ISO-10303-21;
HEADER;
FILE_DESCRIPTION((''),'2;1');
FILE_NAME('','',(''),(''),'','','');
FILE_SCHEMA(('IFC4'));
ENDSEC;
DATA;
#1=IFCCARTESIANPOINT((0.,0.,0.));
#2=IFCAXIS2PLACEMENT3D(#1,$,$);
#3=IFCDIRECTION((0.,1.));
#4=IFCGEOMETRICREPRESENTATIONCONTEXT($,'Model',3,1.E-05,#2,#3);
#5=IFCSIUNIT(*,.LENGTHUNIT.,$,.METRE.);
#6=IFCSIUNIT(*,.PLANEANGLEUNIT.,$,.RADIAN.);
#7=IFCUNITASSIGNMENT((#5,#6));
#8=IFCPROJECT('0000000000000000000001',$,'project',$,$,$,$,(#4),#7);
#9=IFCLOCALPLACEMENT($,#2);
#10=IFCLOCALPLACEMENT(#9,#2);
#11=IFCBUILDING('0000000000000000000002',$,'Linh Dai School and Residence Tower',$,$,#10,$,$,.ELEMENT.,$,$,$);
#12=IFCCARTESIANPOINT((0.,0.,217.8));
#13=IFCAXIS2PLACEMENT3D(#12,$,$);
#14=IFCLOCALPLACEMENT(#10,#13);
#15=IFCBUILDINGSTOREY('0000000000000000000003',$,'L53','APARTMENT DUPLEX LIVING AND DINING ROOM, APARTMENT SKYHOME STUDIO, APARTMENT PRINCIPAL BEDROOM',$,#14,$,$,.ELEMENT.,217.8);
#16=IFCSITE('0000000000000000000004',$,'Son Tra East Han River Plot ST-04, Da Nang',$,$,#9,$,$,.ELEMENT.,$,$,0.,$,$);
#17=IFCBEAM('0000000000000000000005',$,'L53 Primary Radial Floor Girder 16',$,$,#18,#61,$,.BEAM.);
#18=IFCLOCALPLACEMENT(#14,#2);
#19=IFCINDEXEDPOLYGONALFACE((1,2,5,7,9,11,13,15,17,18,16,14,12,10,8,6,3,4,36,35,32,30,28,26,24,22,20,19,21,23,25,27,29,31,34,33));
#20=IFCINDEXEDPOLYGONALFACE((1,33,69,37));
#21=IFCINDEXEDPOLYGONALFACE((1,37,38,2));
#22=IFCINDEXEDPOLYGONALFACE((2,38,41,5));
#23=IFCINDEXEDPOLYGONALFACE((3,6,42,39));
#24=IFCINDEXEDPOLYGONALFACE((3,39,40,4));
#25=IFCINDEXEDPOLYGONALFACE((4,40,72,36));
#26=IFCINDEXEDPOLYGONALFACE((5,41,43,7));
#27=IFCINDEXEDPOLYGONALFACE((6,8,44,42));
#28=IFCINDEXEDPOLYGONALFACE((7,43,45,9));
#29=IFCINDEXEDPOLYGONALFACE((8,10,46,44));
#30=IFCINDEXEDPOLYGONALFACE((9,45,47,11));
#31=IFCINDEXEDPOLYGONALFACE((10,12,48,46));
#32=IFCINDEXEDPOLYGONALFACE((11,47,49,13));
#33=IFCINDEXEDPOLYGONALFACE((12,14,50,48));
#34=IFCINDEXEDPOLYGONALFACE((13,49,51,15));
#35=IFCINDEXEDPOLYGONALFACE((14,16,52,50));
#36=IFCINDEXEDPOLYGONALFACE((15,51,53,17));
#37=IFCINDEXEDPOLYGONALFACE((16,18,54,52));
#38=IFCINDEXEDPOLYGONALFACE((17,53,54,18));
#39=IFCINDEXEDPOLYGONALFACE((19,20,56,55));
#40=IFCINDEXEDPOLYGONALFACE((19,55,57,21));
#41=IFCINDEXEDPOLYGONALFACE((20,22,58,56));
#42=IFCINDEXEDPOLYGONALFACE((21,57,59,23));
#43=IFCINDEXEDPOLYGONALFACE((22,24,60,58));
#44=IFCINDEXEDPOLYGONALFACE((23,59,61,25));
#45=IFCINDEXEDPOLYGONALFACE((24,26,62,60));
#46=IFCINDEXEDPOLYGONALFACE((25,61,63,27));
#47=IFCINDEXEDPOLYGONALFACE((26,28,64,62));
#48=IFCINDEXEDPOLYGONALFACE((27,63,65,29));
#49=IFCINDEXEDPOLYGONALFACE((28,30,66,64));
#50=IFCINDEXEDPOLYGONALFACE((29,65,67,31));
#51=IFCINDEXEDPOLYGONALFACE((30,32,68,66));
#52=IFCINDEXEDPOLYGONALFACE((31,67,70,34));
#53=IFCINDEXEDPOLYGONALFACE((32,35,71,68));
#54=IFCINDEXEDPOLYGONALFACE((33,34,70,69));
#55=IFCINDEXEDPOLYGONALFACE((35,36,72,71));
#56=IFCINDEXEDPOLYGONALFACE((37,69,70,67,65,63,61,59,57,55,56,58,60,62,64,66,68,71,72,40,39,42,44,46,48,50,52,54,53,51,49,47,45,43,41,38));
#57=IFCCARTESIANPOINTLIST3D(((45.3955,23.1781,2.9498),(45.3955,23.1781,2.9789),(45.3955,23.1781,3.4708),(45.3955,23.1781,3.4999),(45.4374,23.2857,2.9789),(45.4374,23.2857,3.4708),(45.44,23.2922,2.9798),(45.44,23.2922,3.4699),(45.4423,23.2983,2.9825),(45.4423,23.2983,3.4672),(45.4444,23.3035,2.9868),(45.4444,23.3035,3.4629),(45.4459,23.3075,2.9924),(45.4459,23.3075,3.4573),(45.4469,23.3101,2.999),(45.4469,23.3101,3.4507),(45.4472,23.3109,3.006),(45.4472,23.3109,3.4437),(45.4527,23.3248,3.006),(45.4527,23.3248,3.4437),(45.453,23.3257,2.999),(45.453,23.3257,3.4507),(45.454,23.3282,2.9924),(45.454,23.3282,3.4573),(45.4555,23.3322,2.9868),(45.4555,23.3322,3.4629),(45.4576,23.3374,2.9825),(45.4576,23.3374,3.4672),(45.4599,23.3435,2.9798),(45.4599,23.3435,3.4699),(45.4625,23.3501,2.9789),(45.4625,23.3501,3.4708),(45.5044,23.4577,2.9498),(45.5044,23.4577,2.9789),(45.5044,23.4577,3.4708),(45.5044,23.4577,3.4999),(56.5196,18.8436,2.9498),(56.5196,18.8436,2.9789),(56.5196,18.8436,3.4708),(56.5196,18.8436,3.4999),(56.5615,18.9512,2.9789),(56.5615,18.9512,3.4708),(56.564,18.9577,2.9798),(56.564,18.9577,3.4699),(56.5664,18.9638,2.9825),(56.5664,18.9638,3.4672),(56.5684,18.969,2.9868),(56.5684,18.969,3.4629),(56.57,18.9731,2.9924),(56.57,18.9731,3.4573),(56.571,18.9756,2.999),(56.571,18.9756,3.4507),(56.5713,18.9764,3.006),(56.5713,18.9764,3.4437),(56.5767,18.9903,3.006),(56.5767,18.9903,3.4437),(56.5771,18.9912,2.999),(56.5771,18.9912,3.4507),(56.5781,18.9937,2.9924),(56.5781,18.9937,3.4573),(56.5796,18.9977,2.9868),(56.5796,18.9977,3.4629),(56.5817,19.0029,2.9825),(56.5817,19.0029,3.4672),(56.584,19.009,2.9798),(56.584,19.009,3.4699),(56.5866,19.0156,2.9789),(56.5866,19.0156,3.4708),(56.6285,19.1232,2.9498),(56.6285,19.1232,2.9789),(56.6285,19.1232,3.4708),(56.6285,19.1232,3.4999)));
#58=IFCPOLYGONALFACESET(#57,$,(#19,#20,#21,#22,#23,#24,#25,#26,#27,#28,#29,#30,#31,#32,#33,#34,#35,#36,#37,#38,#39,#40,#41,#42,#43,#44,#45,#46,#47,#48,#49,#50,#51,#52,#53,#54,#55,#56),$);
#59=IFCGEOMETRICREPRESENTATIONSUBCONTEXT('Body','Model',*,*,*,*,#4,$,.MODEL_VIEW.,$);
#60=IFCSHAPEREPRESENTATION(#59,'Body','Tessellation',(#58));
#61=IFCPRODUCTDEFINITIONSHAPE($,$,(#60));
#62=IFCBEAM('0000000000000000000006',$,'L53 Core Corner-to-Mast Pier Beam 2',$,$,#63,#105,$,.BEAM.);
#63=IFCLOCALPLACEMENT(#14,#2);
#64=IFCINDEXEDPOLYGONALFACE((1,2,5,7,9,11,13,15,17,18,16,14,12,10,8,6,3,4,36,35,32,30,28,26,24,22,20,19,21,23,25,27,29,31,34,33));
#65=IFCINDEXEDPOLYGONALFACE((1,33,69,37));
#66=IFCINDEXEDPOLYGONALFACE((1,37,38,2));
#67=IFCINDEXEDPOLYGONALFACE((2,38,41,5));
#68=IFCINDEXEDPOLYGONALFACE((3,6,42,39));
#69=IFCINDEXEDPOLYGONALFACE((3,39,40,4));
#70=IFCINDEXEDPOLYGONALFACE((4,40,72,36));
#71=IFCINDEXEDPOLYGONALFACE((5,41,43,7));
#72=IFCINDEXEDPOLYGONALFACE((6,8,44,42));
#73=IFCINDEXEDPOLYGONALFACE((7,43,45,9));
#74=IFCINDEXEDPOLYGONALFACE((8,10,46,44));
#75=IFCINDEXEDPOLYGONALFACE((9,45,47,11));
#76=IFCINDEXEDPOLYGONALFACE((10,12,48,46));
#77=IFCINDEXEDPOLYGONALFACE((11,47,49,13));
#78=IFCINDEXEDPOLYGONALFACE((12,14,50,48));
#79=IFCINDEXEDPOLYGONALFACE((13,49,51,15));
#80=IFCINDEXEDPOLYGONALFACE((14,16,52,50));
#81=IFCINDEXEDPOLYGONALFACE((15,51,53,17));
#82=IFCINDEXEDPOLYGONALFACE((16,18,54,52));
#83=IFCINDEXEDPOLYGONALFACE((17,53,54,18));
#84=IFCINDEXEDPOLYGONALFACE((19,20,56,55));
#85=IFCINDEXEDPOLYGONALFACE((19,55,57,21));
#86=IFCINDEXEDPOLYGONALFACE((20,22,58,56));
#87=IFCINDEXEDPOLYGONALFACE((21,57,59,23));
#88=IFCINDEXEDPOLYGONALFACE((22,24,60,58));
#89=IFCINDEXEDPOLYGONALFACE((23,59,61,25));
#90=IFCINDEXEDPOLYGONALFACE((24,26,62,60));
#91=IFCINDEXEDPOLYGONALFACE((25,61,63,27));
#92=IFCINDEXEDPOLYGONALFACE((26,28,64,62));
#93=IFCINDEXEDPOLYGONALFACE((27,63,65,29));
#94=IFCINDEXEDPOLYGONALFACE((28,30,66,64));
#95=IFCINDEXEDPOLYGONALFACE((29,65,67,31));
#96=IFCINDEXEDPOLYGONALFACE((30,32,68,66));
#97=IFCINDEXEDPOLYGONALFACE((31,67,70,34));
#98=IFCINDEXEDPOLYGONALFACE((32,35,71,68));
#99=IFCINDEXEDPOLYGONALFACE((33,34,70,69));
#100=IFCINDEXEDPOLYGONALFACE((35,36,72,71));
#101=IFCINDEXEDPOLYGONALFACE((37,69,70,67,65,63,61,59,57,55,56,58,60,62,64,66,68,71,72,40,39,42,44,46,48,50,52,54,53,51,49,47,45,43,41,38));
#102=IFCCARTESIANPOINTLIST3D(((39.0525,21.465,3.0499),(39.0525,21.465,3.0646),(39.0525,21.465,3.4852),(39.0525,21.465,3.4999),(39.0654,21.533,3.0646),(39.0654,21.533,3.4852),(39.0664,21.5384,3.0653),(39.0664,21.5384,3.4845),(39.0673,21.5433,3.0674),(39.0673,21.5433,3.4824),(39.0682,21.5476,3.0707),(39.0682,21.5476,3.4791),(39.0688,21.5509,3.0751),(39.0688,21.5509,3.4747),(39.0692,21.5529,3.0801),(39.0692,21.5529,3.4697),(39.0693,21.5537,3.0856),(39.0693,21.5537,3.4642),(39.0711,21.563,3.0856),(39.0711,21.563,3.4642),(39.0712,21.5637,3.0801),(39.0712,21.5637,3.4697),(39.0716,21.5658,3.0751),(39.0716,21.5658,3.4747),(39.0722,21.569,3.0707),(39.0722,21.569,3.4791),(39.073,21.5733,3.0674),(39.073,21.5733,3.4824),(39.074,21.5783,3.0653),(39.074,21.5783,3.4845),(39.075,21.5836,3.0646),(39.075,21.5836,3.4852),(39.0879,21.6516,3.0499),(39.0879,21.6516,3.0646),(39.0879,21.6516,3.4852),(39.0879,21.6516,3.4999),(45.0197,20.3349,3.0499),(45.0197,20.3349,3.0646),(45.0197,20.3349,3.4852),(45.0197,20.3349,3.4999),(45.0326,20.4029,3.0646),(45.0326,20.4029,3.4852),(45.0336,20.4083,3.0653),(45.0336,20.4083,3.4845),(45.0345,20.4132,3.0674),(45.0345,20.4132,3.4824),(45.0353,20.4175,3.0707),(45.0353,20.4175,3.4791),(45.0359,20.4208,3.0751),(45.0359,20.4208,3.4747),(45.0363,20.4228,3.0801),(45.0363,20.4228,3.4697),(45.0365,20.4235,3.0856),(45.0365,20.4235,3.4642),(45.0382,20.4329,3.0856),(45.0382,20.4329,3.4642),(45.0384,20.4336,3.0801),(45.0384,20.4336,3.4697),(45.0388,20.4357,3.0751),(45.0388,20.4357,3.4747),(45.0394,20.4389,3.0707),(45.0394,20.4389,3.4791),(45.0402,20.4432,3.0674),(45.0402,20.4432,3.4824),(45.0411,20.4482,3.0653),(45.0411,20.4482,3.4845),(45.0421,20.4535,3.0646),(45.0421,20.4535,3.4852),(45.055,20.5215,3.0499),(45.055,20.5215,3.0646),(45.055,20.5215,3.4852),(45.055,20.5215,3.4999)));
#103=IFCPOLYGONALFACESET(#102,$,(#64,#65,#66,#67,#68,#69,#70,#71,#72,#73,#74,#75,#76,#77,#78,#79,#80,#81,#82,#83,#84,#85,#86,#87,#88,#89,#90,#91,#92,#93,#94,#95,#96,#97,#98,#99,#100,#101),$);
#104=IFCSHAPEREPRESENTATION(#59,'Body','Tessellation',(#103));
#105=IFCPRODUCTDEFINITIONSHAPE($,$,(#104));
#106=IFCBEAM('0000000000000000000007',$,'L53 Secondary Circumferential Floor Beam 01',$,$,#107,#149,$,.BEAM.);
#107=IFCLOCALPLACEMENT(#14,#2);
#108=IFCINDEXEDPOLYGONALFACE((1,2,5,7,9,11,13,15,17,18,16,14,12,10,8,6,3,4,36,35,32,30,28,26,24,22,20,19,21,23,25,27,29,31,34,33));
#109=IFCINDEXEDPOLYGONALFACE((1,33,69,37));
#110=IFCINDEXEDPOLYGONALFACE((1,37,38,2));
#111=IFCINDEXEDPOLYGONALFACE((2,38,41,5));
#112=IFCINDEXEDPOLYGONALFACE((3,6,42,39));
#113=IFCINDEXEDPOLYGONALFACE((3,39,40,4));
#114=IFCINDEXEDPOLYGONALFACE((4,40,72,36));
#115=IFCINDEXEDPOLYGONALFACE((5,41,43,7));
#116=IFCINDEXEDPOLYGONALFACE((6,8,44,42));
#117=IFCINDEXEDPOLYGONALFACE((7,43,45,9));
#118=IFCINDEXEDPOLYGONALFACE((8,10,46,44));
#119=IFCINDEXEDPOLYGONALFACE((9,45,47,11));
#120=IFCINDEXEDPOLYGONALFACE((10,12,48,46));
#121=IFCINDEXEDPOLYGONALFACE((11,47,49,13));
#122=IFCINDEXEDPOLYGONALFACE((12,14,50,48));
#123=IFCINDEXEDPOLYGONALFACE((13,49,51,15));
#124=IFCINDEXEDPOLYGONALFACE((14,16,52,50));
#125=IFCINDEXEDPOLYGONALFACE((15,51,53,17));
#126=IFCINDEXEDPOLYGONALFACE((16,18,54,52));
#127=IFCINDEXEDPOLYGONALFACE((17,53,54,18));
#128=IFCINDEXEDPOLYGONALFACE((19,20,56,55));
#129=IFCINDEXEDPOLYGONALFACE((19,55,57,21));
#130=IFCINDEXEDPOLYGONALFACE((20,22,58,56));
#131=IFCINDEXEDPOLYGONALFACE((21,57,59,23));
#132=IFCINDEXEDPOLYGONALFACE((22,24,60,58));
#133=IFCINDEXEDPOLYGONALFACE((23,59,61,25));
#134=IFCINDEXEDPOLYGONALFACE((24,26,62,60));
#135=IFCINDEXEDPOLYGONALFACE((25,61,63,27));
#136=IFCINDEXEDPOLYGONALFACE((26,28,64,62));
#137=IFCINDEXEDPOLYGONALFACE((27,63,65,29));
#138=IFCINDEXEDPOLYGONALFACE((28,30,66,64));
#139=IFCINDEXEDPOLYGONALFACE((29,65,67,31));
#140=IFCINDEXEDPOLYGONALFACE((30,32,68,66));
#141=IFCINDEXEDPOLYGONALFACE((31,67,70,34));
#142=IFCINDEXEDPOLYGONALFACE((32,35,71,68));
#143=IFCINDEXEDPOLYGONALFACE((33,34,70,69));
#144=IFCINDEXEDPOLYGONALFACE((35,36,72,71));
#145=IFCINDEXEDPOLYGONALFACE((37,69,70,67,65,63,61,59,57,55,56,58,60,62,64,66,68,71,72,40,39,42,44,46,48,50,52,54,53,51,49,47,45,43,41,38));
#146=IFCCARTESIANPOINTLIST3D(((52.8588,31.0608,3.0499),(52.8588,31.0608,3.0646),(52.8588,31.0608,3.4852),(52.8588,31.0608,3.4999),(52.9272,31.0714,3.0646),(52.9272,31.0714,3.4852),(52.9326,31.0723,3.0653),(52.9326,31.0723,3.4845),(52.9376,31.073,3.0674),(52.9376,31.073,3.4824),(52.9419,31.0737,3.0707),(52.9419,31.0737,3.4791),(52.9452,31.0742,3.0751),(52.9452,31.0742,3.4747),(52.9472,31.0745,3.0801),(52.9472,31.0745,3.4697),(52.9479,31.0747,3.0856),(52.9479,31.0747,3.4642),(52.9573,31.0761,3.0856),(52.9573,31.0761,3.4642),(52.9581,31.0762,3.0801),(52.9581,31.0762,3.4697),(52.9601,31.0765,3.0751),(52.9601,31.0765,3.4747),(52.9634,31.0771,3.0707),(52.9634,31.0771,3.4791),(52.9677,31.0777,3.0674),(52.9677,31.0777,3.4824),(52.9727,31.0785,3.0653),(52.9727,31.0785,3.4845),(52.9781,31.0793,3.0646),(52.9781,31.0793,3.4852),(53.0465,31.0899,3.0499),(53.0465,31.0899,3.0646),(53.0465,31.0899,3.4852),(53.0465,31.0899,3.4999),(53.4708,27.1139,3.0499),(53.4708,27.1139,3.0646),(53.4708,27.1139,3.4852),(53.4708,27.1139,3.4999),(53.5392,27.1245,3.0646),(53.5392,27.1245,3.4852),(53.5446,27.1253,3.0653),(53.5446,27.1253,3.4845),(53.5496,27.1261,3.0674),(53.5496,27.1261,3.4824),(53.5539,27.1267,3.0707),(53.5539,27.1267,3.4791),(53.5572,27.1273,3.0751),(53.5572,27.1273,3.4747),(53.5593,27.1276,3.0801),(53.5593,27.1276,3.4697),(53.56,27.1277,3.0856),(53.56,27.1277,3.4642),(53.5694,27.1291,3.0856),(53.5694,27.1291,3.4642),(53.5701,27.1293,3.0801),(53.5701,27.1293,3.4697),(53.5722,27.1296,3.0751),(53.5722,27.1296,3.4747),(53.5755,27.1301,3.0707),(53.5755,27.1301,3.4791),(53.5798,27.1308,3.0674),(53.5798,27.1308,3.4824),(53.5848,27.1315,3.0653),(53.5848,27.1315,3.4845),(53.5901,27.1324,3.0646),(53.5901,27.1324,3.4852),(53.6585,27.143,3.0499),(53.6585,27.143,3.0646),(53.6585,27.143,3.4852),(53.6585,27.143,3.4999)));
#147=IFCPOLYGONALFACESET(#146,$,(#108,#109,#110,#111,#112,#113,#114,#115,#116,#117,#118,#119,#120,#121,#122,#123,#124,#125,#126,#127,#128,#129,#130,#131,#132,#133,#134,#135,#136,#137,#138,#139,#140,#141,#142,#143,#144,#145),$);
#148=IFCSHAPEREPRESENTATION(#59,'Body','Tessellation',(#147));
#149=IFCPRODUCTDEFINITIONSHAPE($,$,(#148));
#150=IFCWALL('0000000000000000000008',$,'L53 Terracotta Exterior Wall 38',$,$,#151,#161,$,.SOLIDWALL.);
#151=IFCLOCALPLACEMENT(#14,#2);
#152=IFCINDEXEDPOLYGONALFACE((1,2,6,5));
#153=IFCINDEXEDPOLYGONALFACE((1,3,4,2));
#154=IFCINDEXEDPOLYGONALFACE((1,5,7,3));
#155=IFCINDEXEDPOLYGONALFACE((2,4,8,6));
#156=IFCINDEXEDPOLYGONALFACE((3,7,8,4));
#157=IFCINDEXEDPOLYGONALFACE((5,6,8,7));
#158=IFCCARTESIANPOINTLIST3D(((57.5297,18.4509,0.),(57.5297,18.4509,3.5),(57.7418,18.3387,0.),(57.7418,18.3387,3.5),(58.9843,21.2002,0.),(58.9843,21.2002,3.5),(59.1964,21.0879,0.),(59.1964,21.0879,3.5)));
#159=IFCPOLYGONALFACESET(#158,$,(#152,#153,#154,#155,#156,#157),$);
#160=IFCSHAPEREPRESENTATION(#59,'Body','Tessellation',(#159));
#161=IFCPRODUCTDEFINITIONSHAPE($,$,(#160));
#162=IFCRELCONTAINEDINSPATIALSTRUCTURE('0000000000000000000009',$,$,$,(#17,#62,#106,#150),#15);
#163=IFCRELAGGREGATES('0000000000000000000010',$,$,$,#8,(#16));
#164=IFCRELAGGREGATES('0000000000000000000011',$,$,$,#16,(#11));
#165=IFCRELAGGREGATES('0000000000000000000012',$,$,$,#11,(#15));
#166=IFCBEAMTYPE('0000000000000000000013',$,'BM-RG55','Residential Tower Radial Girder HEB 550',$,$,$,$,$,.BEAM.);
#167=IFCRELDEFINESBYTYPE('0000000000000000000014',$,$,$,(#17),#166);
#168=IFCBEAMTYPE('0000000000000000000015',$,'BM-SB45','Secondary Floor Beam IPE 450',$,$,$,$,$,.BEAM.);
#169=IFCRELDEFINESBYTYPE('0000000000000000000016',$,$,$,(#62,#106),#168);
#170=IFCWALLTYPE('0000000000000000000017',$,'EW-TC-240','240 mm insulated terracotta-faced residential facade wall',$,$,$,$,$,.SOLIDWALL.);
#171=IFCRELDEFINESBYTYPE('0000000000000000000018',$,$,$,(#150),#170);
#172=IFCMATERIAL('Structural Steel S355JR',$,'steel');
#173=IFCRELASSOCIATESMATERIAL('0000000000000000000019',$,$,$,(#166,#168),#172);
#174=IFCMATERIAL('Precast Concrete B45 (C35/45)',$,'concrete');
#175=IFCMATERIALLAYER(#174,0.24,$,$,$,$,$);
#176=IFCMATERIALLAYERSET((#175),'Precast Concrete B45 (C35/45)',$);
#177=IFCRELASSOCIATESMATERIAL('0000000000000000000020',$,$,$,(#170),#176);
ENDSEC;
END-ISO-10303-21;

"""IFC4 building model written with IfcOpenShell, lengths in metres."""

from ifc_helpers import new_model, si_unit, direction, frame, frame_2d, origin, origin_2d, place, context, subcontext, project, spatial, rectangle, i_section, extrude, material, layer, layer_set, material_profile, profile_set, type_object, element, save


model = new_model("IFC4")

# Units and contexts
model_context = context("Model", 3, precision=1e-05, world=origin(), true_north=direction((0.0, 1.0)))
body_context = subcontext(model_context, "Body", "Model", "MODEL_VIEW")
ifc_project = project(units=[si_unit("LENGTHUNIT", "METRE"), si_unit("PLANEANGLEUNIT", "RADIAN")], contexts=[model_context])

# Site, building, storey
site_placement = place(None, origin())
site = spatial("IfcSite", under=ifc_project, at=site_placement, Name="Son Tra East Han River Plot ST-04, Da Nang", CompositionType="ELEMENT", RefElevation=0.0)
building_placement = place(site_placement, origin())
building = spatial("IfcBuilding", under=site, at=building_placement, Name="Linh Dai School and Residence Tower", CompositionType="ELEMENT")
storey_placement = place(building_placement, frame((0.0, 0.0, 217.8)))
storey = spatial("IfcBuildingStorey", under=building, at=storey_placement, Name="L53", Description="APARTMENT DUPLEX LIVING AND DINING ROOM, APARTMENT SKYHOME STUDIO, APARTMENT PRINCIPAL BEDROOM", CompositionType="ELEMENT", Elevation=217.8)

# Shared definitions
ifc_material_1 = material(Name="Structural Steel S355JR", Category="steel")

# Beams
ifc_material_profile_1 = material_profile(ifc_material_1, i_section(OverallWidth=0.3, OverallDepth=0.55, WebThickness=0.0149, FlangeThickness=0.0291, FilletRadius=0.0271, at=origin_2d()), Name="HEB 550")
ifc_profile_set_1 = profile_set([ifc_material_profile_1], Name="Structural Steel S355JR")
beam_type_1 = type_object("IfcBeamType", Name="BM-RG55", Description="Residential Tower Radial Girder HEB 550", PredefinedType="BEAM", material=ifc_profile_set_1)
beam_1_placement = place(storey_placement, frame((45.45, 23.3179, 3.2249), z_axis=(0.931765, -0.363062, 0.0), x_axis=(0.363062, 0.931765, 0.0)))
element("IfcBeam", 1, at=beam_1_placement, inside=storey, type_object=beam_type_1, Name="L53 Primary Radial Floor Girder 16", PredefinedType="BEAM", context=body_context, shape_type="SweptSolid", body=[
    extrude(i_section(OverallWidth=0.3, OverallDepth=0.55, WebThickness=0.0149, FlangeThickness=0.0291, FilletRadius=0.0271, at=origin_2d()), origin(), (0.0, 0.0, 1.0), 11.9387),
])
ifc_material_profile_2 = material_profile(ifc_material_1, i_section(OverallWidth=0.1899, OverallDepth=0.45, WebThickness=0.0095, FlangeThickness=0.0146, FilletRadius=0.021, at=origin_2d()), Name="IPE 450")
ifc_profile_set_2 = profile_set([ifc_material_profile_2], Name="Structural Steel S355JR")
beam_type_2 = type_object("IfcBeamType", Name="BM-SB45", Description="Secondary Floor Beam IPE 450", PredefinedType="BEAM", material=ifc_profile_set_2)
beam_2_placement = place(storey_placement, frame((45.0374, 20.4282, 3.2749), z_axis=(-0.982535, 0.186079, 0.0), x_axis=(-0.186079, -0.982535, 0.0)))
element("IfcBeam", 2, at=beam_2_placement, inside=storey, type_object=beam_type_2, Name="L53 Core Corner-to-Mast Pier Beam 2", PredefinedType="BEAM", context=body_context, shape_type="SweptSolid", body=[
    extrude(i_section(OverallWidth=0.1899, OverallDepth=0.45, WebThickness=0.0095, FlangeThickness=0.0146, FilletRadius=0.021, at=origin_2d()), origin(), (0.0, 0.0, 1.0), 6.0732),
])
beam_3_placement = place(storey_placement, frame((53.5647, 27.1284, 3.2749), z_axis=(-0.153238, 0.988189, 0.0), x_axis=(-0.988189, -0.153238, 0.0)))
element("IfcBeam", 3, at=beam_3_placement, inside=storey, type_object=beam_type_2, Name="L53 Secondary Circumferential Floor Beam 01", PredefinedType="BEAM", context=body_context, shape_type="SweptSolid", body=[
    extrude(i_section(OverallWidth=0.1899, OverallDepth=0.45, WebThickness=0.0095, FlangeThickness=0.0146, FilletRadius=0.021, at=origin_2d()), origin(), (0.0, 0.0, 1.0), 3.9941),
])

# Wall
ifc_material_2 = material(Name="Precast Concrete B45 (C35/45)", Category="concrete")
ifc_layer_1 = layer(ifc_material_2, 0.24)
ifc_layer_set_1 = layer_set([ifc_layer_1], Name="Precast Concrete B45 (C35/45)")
wall_type_1 = type_object("IfcWallType", Name="EW-TC-240", Description="240 mm insulated terracotta-faced residential facade wall", PredefinedType="SOLIDWALL", material=ifc_layer_set_1)
wall_1_placement = place(storey_placement, frame((59.0903, 21.144, 0.0), z_axis=(0.0, 0.0, 1.0), x_axis=(-0.46766, -0.883908, 0.0)))
element("IfcWall", 4, at=wall_1_placement, inside=storey, type_object=wall_type_1, Name="L53 Terracotta Exterior Wall 38", PredefinedType="SOLIDWALL", context=body_context, shape_type="SweptSolid", body=[
    extrude(rectangle(XDim=3.1104, YDim=0.24, at=frame_2d((1.5552, 0.0))), origin(), (0.0, 0.0, 1.0), 3.5),
])

save(model, "model.ifc")
